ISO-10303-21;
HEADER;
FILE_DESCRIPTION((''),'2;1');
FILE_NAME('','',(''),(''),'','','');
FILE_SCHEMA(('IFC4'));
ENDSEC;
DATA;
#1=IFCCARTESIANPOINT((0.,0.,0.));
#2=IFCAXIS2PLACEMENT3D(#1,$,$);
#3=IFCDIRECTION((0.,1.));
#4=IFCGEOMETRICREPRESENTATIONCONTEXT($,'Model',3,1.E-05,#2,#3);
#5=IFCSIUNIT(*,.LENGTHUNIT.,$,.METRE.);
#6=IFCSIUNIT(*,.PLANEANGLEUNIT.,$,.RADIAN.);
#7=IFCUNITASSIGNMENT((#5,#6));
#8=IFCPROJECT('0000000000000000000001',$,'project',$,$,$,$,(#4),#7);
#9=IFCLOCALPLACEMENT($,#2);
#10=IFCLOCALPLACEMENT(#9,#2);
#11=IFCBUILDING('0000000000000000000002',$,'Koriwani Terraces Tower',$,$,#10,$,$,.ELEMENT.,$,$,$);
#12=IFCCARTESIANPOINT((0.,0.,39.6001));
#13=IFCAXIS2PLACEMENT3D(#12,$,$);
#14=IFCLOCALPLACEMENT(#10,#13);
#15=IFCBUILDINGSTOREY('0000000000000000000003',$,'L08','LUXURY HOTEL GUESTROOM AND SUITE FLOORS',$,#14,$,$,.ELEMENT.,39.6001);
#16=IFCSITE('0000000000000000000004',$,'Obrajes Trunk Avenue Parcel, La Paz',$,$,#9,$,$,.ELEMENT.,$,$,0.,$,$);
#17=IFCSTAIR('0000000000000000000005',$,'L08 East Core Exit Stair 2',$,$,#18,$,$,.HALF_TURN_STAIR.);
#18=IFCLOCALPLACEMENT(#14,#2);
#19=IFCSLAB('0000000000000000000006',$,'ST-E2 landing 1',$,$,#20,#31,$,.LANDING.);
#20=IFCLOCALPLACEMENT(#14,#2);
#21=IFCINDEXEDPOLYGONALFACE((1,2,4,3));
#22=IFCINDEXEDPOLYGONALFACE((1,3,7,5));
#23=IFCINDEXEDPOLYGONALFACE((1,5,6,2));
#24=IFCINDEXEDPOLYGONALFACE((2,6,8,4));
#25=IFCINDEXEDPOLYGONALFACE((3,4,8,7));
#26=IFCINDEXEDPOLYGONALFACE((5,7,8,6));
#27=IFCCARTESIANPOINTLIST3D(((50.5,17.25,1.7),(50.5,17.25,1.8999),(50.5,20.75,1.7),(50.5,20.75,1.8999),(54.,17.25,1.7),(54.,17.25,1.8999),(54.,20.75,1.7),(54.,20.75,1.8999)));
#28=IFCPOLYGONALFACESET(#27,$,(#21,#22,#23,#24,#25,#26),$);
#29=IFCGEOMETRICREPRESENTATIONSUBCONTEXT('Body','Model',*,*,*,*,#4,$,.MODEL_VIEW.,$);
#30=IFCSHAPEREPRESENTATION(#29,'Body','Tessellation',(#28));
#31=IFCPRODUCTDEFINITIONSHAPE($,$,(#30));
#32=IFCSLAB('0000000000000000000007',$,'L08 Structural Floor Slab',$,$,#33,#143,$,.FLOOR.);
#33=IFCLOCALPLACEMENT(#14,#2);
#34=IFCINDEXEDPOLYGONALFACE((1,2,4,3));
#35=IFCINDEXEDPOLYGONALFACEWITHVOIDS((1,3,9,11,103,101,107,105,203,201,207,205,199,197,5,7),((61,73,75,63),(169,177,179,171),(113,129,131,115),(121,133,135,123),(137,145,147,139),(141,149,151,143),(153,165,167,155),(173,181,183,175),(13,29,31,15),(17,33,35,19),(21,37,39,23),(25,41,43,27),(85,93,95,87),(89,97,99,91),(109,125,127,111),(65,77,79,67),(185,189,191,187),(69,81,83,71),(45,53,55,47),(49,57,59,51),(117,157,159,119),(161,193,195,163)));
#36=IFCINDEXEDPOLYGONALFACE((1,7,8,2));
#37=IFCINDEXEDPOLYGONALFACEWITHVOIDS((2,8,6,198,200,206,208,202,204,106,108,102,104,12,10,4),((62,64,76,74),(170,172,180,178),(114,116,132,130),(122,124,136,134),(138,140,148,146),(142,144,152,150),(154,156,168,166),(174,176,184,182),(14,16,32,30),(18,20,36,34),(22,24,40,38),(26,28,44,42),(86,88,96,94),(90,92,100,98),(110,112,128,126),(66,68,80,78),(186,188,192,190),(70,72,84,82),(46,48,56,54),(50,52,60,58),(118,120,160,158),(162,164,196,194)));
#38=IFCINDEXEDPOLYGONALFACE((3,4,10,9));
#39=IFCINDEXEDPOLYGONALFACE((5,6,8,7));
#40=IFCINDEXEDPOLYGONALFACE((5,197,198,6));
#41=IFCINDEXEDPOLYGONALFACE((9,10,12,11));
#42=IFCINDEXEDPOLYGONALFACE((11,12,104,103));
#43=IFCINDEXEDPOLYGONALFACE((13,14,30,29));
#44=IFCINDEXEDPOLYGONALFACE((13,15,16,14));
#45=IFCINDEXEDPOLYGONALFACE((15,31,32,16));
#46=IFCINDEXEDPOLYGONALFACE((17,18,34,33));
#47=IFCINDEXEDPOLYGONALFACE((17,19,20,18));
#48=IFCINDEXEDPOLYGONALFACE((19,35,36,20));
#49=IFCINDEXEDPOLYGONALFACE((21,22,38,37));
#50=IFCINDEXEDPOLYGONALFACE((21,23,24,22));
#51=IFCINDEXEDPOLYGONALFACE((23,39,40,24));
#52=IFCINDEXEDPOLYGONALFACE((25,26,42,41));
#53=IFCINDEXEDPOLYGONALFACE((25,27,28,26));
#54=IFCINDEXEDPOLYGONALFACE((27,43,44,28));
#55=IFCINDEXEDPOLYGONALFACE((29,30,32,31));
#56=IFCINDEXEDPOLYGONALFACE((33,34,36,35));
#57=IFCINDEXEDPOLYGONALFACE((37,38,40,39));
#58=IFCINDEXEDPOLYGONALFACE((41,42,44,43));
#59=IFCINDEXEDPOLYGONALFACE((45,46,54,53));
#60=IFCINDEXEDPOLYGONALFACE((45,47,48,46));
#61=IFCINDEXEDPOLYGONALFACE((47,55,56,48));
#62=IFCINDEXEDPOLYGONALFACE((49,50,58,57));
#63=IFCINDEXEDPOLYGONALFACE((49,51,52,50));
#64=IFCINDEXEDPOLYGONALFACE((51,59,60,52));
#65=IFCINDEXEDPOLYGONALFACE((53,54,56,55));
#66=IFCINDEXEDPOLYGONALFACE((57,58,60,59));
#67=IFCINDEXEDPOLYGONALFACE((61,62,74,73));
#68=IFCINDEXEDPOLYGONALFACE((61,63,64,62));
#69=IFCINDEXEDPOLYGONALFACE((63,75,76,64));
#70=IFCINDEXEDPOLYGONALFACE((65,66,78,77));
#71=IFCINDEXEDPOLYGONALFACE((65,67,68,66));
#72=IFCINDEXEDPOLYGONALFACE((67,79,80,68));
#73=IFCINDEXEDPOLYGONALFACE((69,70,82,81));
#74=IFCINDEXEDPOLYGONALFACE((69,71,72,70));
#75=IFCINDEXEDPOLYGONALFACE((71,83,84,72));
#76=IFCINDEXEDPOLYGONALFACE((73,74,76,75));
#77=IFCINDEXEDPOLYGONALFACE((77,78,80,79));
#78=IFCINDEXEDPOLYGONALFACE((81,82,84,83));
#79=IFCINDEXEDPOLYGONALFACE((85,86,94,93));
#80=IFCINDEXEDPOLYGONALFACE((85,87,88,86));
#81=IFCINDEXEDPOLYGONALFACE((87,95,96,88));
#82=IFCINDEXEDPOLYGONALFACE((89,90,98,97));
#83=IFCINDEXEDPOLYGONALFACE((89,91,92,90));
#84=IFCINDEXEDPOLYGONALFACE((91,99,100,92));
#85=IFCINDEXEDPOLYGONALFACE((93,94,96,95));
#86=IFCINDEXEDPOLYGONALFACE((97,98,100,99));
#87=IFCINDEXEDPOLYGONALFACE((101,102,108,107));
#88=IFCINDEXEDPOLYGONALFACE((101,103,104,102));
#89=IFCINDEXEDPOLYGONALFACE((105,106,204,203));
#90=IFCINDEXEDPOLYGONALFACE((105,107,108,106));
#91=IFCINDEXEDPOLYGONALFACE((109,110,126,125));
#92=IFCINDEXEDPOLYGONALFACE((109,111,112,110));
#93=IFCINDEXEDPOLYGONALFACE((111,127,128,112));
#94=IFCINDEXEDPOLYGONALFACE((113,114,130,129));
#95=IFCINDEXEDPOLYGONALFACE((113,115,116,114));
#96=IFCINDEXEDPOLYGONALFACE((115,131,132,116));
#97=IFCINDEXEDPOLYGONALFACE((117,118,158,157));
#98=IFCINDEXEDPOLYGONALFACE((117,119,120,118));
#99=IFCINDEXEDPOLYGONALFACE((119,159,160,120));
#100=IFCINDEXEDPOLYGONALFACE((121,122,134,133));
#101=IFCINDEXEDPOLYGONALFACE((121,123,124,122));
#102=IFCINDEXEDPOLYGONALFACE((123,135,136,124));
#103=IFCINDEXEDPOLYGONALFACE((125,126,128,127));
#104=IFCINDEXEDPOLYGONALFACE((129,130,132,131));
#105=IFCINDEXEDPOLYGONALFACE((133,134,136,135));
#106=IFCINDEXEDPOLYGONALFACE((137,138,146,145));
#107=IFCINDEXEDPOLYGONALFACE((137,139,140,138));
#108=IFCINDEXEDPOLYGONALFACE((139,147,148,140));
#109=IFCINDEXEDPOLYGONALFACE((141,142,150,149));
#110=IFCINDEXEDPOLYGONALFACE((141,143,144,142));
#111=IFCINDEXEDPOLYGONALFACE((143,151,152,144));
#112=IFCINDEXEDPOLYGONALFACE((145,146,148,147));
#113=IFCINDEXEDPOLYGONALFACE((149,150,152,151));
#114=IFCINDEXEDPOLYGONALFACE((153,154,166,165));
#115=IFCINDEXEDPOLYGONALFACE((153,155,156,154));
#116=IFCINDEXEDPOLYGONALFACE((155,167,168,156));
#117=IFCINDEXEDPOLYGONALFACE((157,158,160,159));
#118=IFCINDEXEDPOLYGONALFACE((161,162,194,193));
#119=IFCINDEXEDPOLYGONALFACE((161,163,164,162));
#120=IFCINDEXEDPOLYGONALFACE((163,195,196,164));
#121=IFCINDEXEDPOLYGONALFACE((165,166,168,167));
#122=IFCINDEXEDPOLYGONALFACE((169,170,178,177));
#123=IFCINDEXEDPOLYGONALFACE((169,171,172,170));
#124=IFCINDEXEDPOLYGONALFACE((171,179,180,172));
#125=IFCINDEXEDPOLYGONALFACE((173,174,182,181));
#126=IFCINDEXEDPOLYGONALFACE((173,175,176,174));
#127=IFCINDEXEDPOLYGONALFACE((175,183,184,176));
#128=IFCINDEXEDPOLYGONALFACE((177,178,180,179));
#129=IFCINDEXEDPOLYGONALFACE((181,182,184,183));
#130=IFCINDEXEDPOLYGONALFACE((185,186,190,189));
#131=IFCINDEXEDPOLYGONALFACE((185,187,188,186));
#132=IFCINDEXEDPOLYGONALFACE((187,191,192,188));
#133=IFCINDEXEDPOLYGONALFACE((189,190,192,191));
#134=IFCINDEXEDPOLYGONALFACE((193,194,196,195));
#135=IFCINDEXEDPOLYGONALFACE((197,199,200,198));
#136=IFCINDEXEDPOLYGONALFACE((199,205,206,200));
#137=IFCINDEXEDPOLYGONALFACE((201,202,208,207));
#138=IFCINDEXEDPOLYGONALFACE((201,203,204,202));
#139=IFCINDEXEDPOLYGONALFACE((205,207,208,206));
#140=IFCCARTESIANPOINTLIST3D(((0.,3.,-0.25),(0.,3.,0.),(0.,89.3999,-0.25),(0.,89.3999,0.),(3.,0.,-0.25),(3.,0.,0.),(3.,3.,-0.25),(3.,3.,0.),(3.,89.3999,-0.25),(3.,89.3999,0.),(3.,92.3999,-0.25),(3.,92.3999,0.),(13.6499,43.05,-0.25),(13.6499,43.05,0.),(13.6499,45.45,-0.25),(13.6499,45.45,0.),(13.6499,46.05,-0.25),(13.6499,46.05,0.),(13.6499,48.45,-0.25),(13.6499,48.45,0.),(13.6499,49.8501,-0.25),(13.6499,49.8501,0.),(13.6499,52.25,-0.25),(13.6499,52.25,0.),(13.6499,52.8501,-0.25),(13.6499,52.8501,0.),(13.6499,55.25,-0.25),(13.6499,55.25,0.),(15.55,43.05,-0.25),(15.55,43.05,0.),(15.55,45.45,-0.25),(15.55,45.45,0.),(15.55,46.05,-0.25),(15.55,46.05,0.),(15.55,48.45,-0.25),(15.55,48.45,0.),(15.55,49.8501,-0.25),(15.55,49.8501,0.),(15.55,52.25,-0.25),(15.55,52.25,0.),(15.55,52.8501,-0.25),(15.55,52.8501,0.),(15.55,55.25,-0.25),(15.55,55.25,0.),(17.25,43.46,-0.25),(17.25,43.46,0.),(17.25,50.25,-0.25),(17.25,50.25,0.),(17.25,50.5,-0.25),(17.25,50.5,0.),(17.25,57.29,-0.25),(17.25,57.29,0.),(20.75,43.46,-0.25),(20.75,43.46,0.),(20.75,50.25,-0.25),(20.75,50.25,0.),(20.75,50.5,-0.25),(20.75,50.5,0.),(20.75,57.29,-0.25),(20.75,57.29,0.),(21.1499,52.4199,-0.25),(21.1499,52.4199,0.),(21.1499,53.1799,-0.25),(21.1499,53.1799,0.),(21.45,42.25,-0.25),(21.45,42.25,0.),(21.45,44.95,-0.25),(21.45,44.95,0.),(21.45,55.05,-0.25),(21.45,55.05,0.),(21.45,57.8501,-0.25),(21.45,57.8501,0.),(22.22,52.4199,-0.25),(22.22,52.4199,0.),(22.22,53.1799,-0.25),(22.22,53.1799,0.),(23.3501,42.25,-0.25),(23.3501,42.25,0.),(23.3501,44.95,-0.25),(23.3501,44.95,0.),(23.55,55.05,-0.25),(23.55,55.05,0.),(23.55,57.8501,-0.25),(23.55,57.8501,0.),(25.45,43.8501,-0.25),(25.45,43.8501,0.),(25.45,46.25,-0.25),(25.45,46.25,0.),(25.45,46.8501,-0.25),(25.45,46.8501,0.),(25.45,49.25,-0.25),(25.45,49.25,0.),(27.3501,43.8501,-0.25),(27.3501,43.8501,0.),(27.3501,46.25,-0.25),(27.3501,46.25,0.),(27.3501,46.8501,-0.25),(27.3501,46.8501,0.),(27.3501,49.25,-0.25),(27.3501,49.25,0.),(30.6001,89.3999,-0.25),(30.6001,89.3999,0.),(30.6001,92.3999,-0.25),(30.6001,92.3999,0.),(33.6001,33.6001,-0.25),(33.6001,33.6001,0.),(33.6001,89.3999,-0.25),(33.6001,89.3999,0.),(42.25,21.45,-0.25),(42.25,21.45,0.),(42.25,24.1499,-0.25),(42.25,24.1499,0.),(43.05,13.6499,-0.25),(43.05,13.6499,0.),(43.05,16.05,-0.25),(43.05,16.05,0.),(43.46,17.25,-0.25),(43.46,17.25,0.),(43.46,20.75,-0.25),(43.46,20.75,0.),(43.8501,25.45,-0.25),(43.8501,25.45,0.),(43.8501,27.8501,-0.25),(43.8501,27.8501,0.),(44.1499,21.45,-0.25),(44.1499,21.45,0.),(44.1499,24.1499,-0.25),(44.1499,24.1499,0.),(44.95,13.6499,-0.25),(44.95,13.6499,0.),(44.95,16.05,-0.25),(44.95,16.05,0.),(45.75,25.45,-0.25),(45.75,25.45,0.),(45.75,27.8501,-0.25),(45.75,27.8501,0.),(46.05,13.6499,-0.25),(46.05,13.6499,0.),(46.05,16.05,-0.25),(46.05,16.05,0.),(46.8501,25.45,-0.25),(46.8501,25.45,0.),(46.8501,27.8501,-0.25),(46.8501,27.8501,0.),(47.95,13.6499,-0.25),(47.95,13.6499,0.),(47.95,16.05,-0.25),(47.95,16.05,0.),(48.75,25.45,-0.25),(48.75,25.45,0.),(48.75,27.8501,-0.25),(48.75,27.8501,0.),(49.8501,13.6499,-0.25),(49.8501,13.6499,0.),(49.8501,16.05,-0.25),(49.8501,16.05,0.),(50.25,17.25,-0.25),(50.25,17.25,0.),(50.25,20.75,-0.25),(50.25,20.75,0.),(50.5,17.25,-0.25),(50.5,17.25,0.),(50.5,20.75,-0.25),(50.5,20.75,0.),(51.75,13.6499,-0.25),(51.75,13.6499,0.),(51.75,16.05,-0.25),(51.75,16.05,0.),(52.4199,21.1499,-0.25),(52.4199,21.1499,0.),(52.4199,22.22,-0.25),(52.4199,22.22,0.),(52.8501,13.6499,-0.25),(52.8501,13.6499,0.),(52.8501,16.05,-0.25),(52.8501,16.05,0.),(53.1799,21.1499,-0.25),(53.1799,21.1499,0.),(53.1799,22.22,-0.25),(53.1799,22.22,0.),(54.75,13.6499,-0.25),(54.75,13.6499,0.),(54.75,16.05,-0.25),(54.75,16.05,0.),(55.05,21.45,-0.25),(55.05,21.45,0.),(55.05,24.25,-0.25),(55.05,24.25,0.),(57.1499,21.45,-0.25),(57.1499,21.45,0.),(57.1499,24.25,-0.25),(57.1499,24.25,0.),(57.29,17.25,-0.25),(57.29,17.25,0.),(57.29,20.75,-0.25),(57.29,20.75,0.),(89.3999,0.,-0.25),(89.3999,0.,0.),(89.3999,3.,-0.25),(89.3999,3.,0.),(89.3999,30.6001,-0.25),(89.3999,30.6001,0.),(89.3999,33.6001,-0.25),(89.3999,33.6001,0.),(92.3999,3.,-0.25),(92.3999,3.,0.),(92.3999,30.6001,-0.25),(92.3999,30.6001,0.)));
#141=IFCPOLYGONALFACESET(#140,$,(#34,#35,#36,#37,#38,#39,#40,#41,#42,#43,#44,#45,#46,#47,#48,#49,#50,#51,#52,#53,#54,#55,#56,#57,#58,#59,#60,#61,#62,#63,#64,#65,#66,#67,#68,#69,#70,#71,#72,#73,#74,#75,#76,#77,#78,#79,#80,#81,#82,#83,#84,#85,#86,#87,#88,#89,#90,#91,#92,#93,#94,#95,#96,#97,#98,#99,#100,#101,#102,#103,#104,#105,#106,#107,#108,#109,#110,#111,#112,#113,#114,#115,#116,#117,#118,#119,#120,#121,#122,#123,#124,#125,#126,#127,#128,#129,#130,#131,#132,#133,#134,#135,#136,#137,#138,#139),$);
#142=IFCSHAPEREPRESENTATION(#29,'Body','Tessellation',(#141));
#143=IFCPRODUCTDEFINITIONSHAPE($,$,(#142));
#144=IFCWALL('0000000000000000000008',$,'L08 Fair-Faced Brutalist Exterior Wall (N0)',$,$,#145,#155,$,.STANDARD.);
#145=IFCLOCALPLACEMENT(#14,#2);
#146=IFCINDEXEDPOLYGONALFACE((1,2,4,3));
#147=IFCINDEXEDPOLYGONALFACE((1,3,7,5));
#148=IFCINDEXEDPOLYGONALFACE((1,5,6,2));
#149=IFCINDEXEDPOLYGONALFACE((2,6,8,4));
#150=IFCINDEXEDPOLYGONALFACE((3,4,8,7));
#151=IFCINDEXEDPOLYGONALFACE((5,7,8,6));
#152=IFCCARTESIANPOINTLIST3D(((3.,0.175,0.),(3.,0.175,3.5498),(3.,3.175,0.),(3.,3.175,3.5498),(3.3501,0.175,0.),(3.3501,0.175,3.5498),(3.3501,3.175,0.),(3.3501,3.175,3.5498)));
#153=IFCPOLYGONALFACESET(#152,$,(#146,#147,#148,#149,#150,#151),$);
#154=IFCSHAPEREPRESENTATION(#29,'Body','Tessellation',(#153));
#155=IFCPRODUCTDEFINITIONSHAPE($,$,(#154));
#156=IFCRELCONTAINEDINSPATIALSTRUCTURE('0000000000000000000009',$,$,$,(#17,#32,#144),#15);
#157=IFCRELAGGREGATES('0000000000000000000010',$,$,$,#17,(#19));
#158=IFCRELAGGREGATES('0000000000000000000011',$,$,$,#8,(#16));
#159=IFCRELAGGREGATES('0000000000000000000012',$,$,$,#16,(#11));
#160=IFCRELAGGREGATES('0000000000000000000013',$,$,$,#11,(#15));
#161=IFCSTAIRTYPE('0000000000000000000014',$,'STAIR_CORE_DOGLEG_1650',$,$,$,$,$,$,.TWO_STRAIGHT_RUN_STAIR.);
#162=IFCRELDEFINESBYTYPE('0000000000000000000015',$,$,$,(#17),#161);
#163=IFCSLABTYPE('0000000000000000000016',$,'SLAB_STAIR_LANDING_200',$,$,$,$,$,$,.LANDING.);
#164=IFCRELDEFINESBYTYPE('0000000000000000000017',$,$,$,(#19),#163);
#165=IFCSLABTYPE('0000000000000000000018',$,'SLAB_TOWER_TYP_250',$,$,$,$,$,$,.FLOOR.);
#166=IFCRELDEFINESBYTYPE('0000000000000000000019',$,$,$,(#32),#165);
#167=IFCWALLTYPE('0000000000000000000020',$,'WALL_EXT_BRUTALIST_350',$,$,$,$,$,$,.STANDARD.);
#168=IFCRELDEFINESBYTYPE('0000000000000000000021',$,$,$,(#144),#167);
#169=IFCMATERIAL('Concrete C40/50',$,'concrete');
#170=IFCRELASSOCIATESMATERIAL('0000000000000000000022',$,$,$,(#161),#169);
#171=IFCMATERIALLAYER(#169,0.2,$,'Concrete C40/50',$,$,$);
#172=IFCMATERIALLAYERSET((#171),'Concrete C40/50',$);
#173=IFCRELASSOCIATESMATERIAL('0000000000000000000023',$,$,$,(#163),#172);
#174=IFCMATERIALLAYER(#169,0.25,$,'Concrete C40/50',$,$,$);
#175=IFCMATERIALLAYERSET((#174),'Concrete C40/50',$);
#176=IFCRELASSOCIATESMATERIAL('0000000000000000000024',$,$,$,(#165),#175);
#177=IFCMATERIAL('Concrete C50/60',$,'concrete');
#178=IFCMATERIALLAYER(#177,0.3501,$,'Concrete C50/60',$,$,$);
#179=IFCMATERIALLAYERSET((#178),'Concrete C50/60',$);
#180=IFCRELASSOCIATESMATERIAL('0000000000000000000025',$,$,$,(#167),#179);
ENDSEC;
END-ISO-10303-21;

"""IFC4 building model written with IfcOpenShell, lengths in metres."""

from ifc_helpers import new_model, si_unit, direction, frame, frame_2d, origin, place, context, subcontext, project, spatial, polyline, rectangle, outline, extrude, material, layer, layer_set, type_object, element, aggregate, save


model = new_model("IFC4")

# Units and contexts
model_context = context("Model", 3, precision=1e-05, world=origin(), true_north=direction((0.0, 1.0)))
body_context = subcontext(model_context, "Body", "Model", "MODEL_VIEW")
ifc_project = project(units=[si_unit("LENGTHUNIT", "METRE"), si_unit("PLANEANGLEUNIT", "RADIAN")], contexts=[model_context])

# Site, building, storey
site_placement = place(None, origin())
site = spatial("IfcSite", under=ifc_project, at=site_placement, Name="Obrajes Trunk Avenue Parcel, La Paz", CompositionType="ELEMENT", RefElevation=0.0)
building_placement = place(site_placement, origin())
building = spatial("IfcBuilding", under=site, at=building_placement, Name="Koriwani Terraces Tower", CompositionType="ELEMENT")
storey_placement = place(building_placement, frame((0.0, 0.0, 39.6001)))
storey = spatial("IfcBuildingStorey", under=building, at=storey_placement, Name="L08", Description="LUXURY HOTEL GUESTROOM AND SUITE FLOORS", CompositionType="ELEMENT", Elevation=39.6001)

# Shared definitions
ifc_material_1 = material(Name="Concrete C40/50", Category="concrete")

# Stair, slab
stair_type = type_object("IfcStairType", Name="STAIR_CORE_DOGLEG_1650", PredefinedType="TWO_STRAIGHT_RUN_STAIR", material=ifc_material_1)
ifc_layer_1 = layer(ifc_material_1, 0.2, Name="Concrete C40/50")
ifc_layer_set_1 = layer_set([ifc_layer_1], Name="Concrete C40/50")
slab_type_1 = type_object("IfcSlabType", Name="SLAB_STAIR_LANDING_200", PredefinedType="LANDING", material=ifc_layer_set_1)
stair_1_placement = place(storey_placement, origin())
stair_1 = element("IfcStair", 1, at=stair_1_placement, inside=storey, type_object=stair_type, Name="L08 East Core Exit Stair 2", PredefinedType="HALF_TURN_STAIR")
slab_1_placement = place(storey_placement, frame((0.0, 0.0, 1.7)))
slab_1 = element("IfcSlab", 2, at=slab_1_placement, type_object=slab_type_1, Name="ST-E2 landing 1", PredefinedType="LANDING", context=body_context, shape_type="SweptSolid", body=[
    extrude(outline(polyline([(54.0, 20.75), (50.5, 20.75), (50.5, 17.25), (54.0, 17.25), (54.0, 20.75)])), origin(), (0.0, 0.0, 1.0), 0.2),
])
aggregate(stair_1, [slab_1])

# Slab
ifc_layer_2 = layer(ifc_material_1, 0.25, Name="Concrete C40/50")
ifc_layer_set_2 = layer_set([ifc_layer_2], Name="Concrete C40/50")
slab_type_2 = type_object("IfcSlabType", Name="SLAB_TOWER_TYP_250", PredefinedType="FLOOR", material=ifc_layer_set_2)
slab_2_placement = place(storey_placement, frame((0.0, 0.0, -0.25)))
element("IfcSlab", 3, at=slab_2_placement, inside=storey, type_object=slab_type_2, Name="L08 Structural Floor Slab", PredefinedType="FLOOR", context=body_context, shape_type="SweptSolid", body=[
    extrude(outline(polyline([(3.0, 0.0), (89.3999, 0.0), (89.3999, 3.0), (92.3999, 3.0), (92.3999, 30.6001), (89.3999, 30.6001), (89.3999, 33.6001), (33.6001, 33.6001), (33.6001, 89.3999), (30.6001, 89.3999), (30.6001, 92.3999), (3.0, 92.3999), (3.0, 89.3999), (0.0, 89.3999), (0.0, 3.0), (3.0, 3.0), (3.0, 0.0)]), holes=[polyline([(17.25, 43.46), (20.75, 43.46), (20.75, 50.25), (17.25, 50.25), (17.25, 43.46)]), polyline([(17.25, 50.5), (20.75, 50.5), (20.75, 57.29), (17.25, 57.29), (17.25, 50.5)]), polyline([(43.46, 17.25), (50.25, 17.25), (50.25, 20.75), (43.46, 20.75), (43.46, 17.25)]), polyline([(50.5, 17.25), (57.29, 17.25), (57.29, 20.75), (50.5, 20.75), (50.5, 17.25)]), polyline([(13.6499, 43.05), (15.55, 43.05), (15.55, 45.45), (13.6499, 45.45), (13.6499, 43.05)]), polyline([(13.6499, 46.05), (15.55, 46.05), (15.55, 48.45), (13.6499, 48.45), (13.6499, 46.05)]), polyline([(43.05, 13.6499), (44.95, 13.6499), (44.95, 16.05), (43.05, 16.05), (43.05, 13.6499)]), polyline([(46.05, 13.6499), (47.95, 13.6499), (47.95, 16.05), (46.05, 16.05), (46.05, 13.6499)]), polyline([(13.6499, 49.8501), (15.55, 49.8501), (15.55, 52.25), (13.6499, 52.25), (13.6499, 49.8501)]), polyline([(13.6499, 52.8501), (15.55, 52.8501), (15.55, 55.25), (13.6499, 55.25), (13.6499, 52.8501)]), polyline([(49.8501, 13.6499), (51.75, 13.6499), (51.75, 16.05), (49.8501, 16.05), (49.8501, 13.6499)]), polyline([(52.8501, 13.6499), (54.75, 13.6499), (54.75, 16.05), (52.8501, 16.05), (52.8501, 13.6499)]), polyline([(25.45, 43.8501), (27.3501, 43.8501), (27.3501, 46.25), (25.45, 46.25), (25.45, 43.8501)]), polyline([(25.45, 46.8501), (27.3501, 46.8501), (27.3501, 49.25), (25.45, 49.25), (25.45, 46.8501)]), polyline([(43.8501, 25.45), (45.75, 25.45), (45.75, 27.8501), (43.8501, 27.8501), (43.8501, 25.45)]), polyline([(46.8501, 25.45), (48.75, 25.45), (48.75, 27.8501), (46.8501, 27.8501), (46.8501, 25.45)]), polyline([(21.45, 55.05), (23.55, 55.05), (23.55, 57.8501), (21.45, 57.8501), (21.45, 55.05)]), polyline([(55.05, 21.45), (57.1499, 21.45), (57.1499, 24.25), (55.05, 24.25), (55.05, 21.45)]), polyline([(21.45, 42.25), (23.3501, 42.25), (23.3501, 44.95), (21.45, 44.95), (21.45, 42.25)]), polyline([(42.25, 21.45), (44.1499, 21.45), (44.1499, 24.1499), (42.25, 24.1499), (42.25, 21.45)]), polyline([(21.1499, 52.4199), (22.22, 52.4199), (22.22, 53.1799), (21.1499, 53.1799), (21.1499, 52.4199)]), polyline([(52.4199, 21.1499), (53.1799, 21.1499), (53.1799, 22.22), (52.4199, 22.22), (52.4199, 21.1499)])]), origin(), (0.0, 0.0, 1.0), 0.25),
])

# Wall
ifc_material_2 = material(Name="Concrete C50/60", Category="concrete")
ifc_layer_3 = layer(ifc_material_2, 0.3501, Name="Concrete C50/60")
ifc_layer_set_3 = layer_set([ifc_layer_3], Name="Concrete C50/60")
wall_type_1 = type_object("IfcWallType", Name="WALL_EXT_BRUTALIST_350", PredefinedType="STANDARD", material=ifc_layer_set_3)
wall_1_placement = place(storey_placement, frame((3.175, 0.175, 0.0), z_axis=(0.0, 0.0, 1.0), x_axis=(0.0, 1.0, 0.0)))
element("IfcWall", 4, at=wall_1_placement, inside=storey, type_object=wall_type_1, Name="L08 Fair-Faced Brutalist Exterior Wall (N0)", PredefinedType="STANDARD", context=body_context, shape_type="SweptSolid", body=[
    extrude(rectangle(XDim=3.0, YDim=0.3501, at=frame_2d((1.5, 0.0))), origin(), (0.0, 0.0, 1.0), 3.5498),
])

save(model, "model.ifc")
